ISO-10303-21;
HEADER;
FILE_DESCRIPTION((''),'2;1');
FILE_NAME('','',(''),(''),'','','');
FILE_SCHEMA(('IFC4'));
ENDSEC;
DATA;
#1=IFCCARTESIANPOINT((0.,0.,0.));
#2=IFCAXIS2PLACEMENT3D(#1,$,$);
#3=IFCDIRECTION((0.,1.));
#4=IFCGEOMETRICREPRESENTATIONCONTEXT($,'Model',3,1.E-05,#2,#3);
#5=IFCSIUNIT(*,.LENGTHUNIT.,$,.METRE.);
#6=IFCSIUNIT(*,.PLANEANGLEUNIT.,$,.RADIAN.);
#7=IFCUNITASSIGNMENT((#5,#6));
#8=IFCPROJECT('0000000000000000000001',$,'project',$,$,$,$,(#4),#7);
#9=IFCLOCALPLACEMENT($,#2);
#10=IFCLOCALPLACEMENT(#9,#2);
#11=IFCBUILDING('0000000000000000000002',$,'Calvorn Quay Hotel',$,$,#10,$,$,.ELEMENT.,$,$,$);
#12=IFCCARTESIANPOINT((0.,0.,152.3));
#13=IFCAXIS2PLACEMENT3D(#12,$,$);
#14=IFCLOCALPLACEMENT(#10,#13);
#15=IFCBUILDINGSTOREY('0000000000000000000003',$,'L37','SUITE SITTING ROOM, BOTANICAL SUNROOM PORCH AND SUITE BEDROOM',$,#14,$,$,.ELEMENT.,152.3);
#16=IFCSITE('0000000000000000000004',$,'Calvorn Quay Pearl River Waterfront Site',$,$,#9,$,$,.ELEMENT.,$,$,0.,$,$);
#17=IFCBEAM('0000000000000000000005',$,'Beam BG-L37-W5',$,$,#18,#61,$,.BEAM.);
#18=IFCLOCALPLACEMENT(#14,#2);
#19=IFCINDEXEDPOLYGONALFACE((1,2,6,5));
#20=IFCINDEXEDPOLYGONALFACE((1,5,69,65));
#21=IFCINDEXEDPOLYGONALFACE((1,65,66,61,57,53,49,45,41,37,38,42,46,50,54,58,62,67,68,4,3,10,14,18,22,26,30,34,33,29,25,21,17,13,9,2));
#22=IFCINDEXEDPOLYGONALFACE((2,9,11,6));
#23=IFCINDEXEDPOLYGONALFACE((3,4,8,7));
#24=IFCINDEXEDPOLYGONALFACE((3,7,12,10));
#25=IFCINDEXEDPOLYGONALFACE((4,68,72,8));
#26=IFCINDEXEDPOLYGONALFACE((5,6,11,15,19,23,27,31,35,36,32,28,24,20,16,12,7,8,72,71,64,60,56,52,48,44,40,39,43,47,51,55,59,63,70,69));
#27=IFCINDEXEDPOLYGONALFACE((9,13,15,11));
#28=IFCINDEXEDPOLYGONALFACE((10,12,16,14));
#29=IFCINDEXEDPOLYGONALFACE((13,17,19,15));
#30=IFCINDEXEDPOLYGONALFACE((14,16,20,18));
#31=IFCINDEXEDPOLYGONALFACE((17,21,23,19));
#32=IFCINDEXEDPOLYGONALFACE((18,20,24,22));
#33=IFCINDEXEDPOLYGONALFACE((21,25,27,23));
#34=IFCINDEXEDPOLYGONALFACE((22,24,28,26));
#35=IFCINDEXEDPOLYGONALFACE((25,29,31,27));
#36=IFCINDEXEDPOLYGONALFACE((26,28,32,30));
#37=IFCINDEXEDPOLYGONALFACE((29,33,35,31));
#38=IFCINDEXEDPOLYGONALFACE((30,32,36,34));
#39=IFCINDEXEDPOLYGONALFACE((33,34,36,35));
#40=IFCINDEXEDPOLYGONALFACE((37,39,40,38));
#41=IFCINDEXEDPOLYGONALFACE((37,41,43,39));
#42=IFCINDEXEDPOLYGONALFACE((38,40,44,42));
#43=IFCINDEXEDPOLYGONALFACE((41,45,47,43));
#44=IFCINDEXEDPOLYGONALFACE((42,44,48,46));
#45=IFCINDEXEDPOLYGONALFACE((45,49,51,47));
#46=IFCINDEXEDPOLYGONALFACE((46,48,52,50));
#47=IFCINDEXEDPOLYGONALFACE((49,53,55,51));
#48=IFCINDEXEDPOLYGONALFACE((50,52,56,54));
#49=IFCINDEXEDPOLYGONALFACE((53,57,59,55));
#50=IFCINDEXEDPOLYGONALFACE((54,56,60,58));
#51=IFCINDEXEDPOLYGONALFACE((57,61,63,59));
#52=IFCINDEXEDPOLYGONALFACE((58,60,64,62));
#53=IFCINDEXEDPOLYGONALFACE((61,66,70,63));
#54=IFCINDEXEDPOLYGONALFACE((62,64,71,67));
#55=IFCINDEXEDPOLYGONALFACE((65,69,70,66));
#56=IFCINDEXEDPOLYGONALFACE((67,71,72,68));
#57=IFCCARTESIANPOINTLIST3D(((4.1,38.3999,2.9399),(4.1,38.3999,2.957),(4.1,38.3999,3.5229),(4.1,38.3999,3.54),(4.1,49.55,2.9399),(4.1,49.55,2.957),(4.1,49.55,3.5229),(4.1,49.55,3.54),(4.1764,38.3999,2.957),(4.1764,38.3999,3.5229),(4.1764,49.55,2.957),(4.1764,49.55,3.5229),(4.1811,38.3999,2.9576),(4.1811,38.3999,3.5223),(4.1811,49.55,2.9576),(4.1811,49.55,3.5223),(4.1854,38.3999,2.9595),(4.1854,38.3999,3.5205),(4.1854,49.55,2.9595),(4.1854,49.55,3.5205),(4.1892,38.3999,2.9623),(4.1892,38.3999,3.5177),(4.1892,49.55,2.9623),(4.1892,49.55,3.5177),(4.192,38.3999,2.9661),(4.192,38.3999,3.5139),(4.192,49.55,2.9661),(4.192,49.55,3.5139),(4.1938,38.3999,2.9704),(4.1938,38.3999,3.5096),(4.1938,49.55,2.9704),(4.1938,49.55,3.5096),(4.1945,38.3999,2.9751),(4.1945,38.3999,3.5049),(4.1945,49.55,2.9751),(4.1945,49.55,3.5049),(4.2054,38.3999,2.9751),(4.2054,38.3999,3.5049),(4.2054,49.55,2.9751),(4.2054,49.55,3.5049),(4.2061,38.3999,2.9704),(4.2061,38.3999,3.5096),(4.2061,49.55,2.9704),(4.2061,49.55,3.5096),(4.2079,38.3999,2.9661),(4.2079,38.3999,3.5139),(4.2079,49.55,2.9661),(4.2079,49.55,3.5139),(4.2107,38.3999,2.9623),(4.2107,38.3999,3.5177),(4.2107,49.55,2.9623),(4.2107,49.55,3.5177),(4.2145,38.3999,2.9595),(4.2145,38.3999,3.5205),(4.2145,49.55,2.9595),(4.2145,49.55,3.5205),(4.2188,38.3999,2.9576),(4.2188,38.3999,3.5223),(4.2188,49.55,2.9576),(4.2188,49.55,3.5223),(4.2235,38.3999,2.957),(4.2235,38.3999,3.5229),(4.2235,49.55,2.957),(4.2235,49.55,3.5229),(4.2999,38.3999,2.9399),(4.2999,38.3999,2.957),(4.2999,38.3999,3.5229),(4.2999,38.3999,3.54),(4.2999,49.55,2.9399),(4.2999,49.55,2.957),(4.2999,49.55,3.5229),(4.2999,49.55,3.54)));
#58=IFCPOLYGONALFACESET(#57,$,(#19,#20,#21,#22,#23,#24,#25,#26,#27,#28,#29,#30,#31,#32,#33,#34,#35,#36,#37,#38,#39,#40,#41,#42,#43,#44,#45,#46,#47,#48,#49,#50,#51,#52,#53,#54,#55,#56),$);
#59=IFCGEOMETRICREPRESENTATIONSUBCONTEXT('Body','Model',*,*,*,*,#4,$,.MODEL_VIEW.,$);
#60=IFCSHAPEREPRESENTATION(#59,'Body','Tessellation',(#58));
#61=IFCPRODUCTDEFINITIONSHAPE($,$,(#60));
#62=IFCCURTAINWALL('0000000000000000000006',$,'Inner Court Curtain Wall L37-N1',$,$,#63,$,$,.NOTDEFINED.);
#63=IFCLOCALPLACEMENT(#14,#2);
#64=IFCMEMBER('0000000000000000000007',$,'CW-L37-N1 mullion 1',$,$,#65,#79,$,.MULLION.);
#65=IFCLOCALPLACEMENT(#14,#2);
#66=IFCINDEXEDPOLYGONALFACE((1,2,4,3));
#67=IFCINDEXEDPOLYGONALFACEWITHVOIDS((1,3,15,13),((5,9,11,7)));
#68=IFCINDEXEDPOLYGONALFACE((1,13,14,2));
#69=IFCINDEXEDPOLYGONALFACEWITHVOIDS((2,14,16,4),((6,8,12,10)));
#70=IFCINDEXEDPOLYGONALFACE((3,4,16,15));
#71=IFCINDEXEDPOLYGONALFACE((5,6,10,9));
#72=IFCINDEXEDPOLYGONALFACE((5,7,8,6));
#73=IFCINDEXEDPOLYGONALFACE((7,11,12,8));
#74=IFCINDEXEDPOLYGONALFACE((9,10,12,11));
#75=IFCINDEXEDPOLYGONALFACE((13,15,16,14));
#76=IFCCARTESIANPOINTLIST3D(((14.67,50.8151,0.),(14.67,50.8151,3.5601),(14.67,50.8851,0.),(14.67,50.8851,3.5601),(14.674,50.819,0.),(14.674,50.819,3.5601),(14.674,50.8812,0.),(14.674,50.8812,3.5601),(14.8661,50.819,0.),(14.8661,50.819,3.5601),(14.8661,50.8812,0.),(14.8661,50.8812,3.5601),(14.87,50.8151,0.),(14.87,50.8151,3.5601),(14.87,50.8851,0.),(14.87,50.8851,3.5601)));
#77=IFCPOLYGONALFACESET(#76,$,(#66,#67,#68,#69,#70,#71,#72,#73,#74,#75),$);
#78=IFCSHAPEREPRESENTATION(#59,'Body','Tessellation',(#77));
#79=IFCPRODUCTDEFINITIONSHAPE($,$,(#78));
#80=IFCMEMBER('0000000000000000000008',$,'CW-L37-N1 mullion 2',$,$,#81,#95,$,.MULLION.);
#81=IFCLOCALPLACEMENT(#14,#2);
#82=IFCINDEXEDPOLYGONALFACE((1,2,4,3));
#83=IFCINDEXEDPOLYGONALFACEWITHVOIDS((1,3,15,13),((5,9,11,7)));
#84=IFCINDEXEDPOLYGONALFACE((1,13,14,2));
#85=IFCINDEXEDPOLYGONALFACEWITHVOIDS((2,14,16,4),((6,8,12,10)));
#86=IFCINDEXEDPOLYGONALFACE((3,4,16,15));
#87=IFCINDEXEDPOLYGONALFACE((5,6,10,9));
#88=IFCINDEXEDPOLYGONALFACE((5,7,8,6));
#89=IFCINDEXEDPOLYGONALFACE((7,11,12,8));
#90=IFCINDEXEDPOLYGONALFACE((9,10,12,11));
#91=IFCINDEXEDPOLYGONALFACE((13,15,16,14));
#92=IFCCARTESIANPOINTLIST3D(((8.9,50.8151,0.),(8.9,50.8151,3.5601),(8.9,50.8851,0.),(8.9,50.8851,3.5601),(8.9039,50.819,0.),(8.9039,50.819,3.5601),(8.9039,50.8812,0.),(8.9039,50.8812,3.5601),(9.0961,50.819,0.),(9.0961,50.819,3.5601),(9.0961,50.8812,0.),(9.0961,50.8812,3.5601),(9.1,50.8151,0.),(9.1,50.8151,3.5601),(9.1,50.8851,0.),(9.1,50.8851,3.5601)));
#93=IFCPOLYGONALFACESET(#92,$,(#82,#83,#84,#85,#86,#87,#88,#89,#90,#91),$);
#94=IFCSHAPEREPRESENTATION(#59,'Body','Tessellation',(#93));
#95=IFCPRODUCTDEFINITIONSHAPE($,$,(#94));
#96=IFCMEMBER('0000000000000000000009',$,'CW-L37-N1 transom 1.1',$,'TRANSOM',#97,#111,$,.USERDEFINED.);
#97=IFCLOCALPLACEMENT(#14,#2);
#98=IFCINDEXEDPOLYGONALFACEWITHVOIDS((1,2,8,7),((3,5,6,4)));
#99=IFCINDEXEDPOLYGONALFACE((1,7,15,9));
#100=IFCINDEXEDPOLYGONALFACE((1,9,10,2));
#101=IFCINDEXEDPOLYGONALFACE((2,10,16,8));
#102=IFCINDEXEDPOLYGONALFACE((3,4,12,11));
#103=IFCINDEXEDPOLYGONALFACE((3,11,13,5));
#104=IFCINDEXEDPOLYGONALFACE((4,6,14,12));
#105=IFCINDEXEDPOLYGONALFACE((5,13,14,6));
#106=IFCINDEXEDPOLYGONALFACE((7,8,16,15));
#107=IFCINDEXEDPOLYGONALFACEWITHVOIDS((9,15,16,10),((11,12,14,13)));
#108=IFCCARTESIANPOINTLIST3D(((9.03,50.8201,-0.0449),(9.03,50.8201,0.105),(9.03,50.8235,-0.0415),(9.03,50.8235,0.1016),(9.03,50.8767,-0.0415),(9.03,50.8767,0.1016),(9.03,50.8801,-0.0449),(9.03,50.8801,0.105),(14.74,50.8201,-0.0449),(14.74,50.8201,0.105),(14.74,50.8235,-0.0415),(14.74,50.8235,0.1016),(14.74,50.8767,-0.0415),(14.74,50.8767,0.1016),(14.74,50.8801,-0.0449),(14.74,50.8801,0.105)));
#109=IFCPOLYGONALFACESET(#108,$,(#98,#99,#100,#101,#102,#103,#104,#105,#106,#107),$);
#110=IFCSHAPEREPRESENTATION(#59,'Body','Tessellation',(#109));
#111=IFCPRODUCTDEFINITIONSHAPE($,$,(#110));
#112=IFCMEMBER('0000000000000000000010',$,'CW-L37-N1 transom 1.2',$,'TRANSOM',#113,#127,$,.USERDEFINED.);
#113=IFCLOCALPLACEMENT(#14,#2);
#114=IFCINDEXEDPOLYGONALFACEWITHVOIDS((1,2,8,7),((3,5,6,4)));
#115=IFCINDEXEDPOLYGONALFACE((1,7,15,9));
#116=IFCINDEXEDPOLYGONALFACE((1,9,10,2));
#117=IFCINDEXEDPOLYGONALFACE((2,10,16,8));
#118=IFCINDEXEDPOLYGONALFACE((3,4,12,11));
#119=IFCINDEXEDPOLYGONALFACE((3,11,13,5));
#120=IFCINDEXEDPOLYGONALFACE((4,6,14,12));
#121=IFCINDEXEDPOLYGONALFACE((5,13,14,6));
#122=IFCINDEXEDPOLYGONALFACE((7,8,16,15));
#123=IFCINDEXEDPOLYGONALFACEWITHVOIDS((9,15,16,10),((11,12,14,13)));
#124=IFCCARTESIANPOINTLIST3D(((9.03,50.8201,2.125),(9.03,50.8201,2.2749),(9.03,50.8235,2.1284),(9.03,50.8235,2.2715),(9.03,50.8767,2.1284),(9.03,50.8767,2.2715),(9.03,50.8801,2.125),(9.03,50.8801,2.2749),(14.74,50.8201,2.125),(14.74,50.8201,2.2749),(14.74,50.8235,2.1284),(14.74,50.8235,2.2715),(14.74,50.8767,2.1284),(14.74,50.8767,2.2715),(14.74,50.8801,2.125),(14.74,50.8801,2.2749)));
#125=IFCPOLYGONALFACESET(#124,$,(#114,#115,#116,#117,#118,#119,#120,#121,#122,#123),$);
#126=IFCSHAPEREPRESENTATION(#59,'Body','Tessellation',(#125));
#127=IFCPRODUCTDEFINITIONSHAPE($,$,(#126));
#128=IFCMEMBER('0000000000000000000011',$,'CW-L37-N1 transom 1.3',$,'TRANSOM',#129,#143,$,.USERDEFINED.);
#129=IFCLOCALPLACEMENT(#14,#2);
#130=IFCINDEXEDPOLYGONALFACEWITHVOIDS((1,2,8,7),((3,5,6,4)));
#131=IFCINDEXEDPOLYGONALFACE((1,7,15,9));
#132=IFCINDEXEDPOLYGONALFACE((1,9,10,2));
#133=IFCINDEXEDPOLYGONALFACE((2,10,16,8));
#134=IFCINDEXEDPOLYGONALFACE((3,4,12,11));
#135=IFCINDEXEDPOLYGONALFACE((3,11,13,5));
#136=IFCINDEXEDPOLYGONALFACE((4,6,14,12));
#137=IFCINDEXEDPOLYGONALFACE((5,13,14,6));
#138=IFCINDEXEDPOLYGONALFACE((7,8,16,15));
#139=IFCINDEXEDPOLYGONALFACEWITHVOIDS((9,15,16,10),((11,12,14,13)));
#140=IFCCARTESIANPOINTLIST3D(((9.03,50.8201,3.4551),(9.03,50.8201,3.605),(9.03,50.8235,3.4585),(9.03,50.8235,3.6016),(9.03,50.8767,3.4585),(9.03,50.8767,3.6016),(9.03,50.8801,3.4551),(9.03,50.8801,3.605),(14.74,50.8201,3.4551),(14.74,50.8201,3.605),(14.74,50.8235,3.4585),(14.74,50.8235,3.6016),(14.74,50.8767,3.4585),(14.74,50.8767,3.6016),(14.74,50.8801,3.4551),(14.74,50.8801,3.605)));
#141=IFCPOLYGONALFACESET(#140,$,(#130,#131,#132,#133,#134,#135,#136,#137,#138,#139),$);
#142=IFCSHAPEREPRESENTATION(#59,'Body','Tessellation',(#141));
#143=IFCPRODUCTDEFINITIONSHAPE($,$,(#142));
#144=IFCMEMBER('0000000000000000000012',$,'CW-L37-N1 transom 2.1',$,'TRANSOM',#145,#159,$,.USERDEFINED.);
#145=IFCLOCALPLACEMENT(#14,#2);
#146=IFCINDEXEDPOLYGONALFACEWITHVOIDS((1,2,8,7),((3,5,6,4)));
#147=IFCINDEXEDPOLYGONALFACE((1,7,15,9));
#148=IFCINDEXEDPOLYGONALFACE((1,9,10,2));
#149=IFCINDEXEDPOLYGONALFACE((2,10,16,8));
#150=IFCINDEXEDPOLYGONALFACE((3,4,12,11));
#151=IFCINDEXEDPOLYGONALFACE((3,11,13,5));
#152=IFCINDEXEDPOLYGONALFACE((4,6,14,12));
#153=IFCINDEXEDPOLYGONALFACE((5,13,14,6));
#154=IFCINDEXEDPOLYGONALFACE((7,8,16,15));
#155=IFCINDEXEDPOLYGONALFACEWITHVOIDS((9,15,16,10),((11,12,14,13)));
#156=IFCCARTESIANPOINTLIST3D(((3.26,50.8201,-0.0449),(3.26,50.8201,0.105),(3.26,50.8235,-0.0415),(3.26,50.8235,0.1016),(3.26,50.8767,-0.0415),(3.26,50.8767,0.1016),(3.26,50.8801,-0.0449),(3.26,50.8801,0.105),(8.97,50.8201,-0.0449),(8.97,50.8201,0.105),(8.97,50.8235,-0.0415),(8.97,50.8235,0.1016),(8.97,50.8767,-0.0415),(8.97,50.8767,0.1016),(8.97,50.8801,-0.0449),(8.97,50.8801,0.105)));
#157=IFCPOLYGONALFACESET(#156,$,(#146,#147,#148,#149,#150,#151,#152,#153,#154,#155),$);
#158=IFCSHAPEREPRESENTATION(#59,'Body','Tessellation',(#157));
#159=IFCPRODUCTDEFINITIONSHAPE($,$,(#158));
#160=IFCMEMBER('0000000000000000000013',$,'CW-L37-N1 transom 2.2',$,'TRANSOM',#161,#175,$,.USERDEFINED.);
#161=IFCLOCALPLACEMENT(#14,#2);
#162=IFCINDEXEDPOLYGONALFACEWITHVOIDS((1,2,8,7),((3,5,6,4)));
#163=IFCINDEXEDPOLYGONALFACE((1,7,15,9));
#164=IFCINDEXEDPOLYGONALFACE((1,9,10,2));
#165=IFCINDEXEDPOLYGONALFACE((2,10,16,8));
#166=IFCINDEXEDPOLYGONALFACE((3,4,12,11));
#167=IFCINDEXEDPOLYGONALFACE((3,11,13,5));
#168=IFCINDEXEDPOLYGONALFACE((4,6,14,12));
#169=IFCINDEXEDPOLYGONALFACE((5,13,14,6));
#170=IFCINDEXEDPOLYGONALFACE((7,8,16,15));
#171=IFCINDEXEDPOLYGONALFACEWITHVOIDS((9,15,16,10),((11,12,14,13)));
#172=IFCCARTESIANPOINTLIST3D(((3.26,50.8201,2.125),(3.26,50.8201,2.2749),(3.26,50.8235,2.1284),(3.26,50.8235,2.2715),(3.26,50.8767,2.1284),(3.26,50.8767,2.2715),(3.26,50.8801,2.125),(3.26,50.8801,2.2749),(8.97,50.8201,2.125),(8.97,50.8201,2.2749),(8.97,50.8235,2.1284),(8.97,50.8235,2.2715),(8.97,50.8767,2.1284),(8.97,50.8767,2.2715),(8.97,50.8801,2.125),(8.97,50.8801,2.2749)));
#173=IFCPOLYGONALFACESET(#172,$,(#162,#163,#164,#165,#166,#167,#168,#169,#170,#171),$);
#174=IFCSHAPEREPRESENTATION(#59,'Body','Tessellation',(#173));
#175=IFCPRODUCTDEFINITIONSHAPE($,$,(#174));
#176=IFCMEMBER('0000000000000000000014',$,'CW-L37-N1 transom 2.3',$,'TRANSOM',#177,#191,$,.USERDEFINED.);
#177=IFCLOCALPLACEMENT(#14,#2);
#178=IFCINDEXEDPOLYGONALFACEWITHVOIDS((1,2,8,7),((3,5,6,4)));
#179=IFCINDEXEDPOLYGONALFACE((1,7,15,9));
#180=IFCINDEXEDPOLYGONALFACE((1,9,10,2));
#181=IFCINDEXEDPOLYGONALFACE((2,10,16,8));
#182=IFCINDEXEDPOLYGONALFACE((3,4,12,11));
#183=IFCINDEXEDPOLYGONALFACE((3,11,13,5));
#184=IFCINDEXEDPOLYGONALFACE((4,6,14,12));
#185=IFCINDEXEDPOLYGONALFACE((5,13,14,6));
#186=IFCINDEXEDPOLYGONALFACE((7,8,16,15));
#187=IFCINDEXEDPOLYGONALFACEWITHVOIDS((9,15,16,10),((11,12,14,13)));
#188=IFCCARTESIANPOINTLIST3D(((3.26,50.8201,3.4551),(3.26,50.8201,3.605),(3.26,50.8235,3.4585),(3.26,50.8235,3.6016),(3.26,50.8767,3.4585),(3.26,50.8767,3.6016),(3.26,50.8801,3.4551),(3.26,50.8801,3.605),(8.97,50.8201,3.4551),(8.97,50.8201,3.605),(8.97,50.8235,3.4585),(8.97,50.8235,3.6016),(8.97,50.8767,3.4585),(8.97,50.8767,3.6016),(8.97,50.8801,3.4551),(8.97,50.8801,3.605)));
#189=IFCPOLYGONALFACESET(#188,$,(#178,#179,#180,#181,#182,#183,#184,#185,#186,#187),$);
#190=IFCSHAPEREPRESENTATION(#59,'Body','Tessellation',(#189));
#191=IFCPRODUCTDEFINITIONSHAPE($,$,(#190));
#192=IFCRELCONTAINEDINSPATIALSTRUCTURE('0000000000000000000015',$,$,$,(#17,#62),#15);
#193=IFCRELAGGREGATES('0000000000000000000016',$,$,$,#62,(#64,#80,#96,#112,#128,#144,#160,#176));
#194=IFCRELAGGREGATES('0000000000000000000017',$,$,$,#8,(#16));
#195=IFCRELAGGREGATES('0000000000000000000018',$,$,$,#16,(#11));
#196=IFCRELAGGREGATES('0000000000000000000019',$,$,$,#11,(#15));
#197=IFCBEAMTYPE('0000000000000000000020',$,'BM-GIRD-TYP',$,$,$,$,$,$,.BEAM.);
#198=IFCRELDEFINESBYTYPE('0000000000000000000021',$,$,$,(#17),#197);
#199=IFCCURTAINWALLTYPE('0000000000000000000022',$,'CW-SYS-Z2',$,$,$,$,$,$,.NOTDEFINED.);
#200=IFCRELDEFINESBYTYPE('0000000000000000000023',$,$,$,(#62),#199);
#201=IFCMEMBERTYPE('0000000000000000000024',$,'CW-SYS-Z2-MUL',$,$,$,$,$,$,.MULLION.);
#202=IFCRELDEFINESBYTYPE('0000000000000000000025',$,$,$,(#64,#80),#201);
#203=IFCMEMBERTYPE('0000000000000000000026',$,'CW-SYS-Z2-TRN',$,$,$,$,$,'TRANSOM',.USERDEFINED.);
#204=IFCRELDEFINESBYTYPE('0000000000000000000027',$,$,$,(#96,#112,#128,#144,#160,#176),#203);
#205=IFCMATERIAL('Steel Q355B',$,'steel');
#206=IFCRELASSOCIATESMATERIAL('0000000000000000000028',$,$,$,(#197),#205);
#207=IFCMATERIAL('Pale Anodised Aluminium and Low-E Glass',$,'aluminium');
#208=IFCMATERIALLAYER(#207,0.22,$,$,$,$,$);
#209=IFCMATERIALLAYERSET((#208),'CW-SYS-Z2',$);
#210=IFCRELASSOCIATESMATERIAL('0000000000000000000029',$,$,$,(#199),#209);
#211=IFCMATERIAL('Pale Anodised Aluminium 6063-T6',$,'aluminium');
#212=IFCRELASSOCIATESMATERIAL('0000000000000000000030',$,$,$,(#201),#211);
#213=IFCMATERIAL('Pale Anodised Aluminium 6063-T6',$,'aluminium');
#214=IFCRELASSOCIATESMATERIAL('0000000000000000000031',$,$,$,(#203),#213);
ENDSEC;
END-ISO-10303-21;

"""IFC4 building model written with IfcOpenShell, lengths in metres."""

from ifc_helpers import new_model, si_unit, direction, frame, origin, origin_2d, place, context, subcontext, project, spatial, hollow_rectangle, i_section, extrude, material, layer, layer_set, material_profile, profile_set, type_object, element, aggregate, save


model = new_model("IFC4")

# Units and contexts
model_context = context("Model", 3, precision=1e-05, world=origin(), true_north=direction((0.0, 1.0)))
body_context = subcontext(model_context, "Body", "Model", "MODEL_VIEW")
ifc_project = project(units=[si_unit("LENGTHUNIT", "METRE"), si_unit("PLANEANGLEUNIT", "RADIAN")], contexts=[model_context])

# Site, building, storey
site_placement = place(None, origin())
site = spatial("IfcSite", under=ifc_project, at=site_placement, Name="Calvorn Quay Pearl River Waterfront Site", CompositionType="ELEMENT", RefElevation=0.0)
building_placement = place(site_placement, origin())
building = spatial("IfcBuilding", under=site, at=building_placement, Name="Calvorn Quay Hotel", CompositionType="ELEMENT")
storey_placement = place(building_placement, frame((0.0, 0.0, 152.3)))
storey = spatial("IfcBuildingStorey", under=building, at=storey_placement, Name="L37", Description="SUITE SITTING ROOM, BOTANICAL SUNROOM PORCH AND SUITE BEDROOM", CompositionType="ELEMENT", Elevation=152.3)

# Beam
ifc_material_1 = material(Name="Steel Q355B", Category="steel")
ifc_material_profile_1 = material_profile(ifc_material_1, i_section(OverallWidth=0.2, OverallDepth=0.6001, WebThickness=0.011, FlangeThickness=0.0171, FilletRadius=0.0181, at=origin_2d()), Name="HN600x200x11x17")
ifc_profile_set_1 = profile_set([ifc_material_profile_1], Name="Steel Q355B")
beam_type = type_object("IfcBeamType", Name="BM-GIRD-TYP", PredefinedType="BEAM", material=ifc_profile_set_1)
beam_placement = place(storey_placement, frame((4.2, 49.55, 3.24), z_axis=(0.0, -1.0, 0.0), x_axis=(1.0, 0.0, 0.0)))
element("IfcBeam", 1, at=beam_placement, inside=storey, type_object=beam_type, Name="Beam BG-L37-W5", PredefinedType="BEAM", context=body_context, shape_type="SweptSolid", body=[
    extrude(i_section(OverallWidth=0.2, OverallDepth=0.6001, WebThickness=0.011, FlangeThickness=0.0171, FilletRadius=0.0181, at=origin_2d()), origin(), (0.0, 0.0, 1.0), 11.1501),
])

# Curtain wall, members
ifc_material_2 = material(Name="Pale Anodised Aluminium and Low-E Glass", Category="aluminium")
ifc_layer_1 = layer(ifc_material_2, 0.22)
ifc_layer_set_1 = layer_set([ifc_layer_1], Name="CW-SYS-Z2")
curtain_wall_type = type_object("IfcCurtainWallType", Name="CW-SYS-Z2", PredefinedType="NOTDEFINED", material=ifc_layer_set_1)
curtain_wall_placement = place(storey_placement, origin())
curtain_wall = element("IfcCurtainWall", 2, at=curtain_wall_placement, inside=storey, type_object=curtain_wall_type, Name="Inner Court Curtain Wall L37-N1", PredefinedType="NOTDEFINED")
ifc_material_3 = material(Name="Pale Anodised Aluminium 6063-T6", Category="aluminium")
ifc_material_profile_2 = material_profile(ifc_material_3, hollow_rectangle(XDim=0.0701, YDim=0.2, WallThickness=0.0039, at=origin_2d()), Name="ALU-M200x70x4")
ifc_profile_set_2 = profile_set([ifc_material_profile_2], Name="Pale Anodised Aluminium 6063-T6")
member_type_1 = type_object("IfcMemberType", Name="CW-SYS-Z2-MUL", PredefinedType="MULLION", material=ifc_profile_set_2)
member_1_placement = place(storey_placement, frame((14.77, 50.8501, 0.0), z_axis=(0.0, 0.0, 1.0), x_axis=(0.0, -1.0, 0.0)))
member_1 = element("IfcMember", 3, at=member_1_placement, type_object=member_type_1, Name="CW-L37-N1 mullion 1", PredefinedType="MULLION", context=body_context, shape_type="SweptSolid", body=[
    extrude(hollow_rectangle(XDim=0.0701, YDim=0.2, WallThickness=0.0039, at=origin_2d()), origin(), (0.0, 0.0, 1.0), 3.5601),
])
member_2_placement = place(storey_placement, frame((9.0, 50.8501, 0.0), z_axis=(0.0, 0.0, 1.0), x_axis=(0.0, -1.0, 0.0)))
member_2 = element("IfcMember", 4, at=member_2_placement, type_object=member_type_1, Name="CW-L37-N1 mullion 2", PredefinedType="MULLION", context=body_context, shape_type="SweptSolid", body=[
    extrude(hollow_rectangle(XDim=0.0701, YDim=0.2, WallThickness=0.0039, at=origin_2d()), origin(), (0.0, 0.0, 1.0), 3.5601),
])
ifc_material_4 = material(Name="Pale Anodised Aluminium 6063-T6", Category="aluminium")
ifc_material_profile_3 = material_profile(ifc_material_4, hollow_rectangle(XDim=0.0601, YDim=0.1499, WallThickness=0.0034, at=origin_2d()), Name="ALU-T150x60x3.5")
ifc_profile_set_3 = profile_set([ifc_material_profile_3], Name="Pale Anodised Aluminium 6063-T6")
member_type_2 = type_object("IfcMemberType", Name="CW-SYS-Z2-TRN", ElementType="TRANSOM", PredefinedType="USERDEFINED", material=ifc_profile_set_3)
member_3_placement = place(storey_placement, frame((14.74, 50.8501, 0.03), z_axis=(-1.0, 0.0, 0.0), x_axis=(0.0, -1.0, 0.0)))
member_3 = element("IfcMember", 5, at=member_3_placement, type_object=member_type_2, Name="CW-L37-N1 transom 1.1", ObjectType="TRANSOM", PredefinedType="USERDEFINED", context=body_context, shape_type="SweptSolid", body=[
    extrude(hollow_rectangle(XDim=0.0601, YDim=0.1499, WallThickness=0.0034, at=origin_2d()), origin(), (0.0, 0.0, 1.0), 5.71),
])
member_4_placement = place(storey_placement, frame((14.74, 50.8501, 2.2), z_axis=(-1.0, 0.0, 0.0), x_axis=(0.0, -1.0, 0.0)))
member_4 = element("IfcMember", 6, at=member_4_placement, type_object=member_type_2, Name="CW-L37-N1 transom 1.2", ObjectType="TRANSOM", PredefinedType="USERDEFINED", context=body_context, shape_type="SweptSolid", body=[
    extrude(hollow_rectangle(XDim=0.0601, YDim=0.1499, WallThickness=0.0034, at=origin_2d()), origin(), (0.0, 0.0, 1.0), 5.71),
])
member_5_placement = place(storey_placement, frame((14.74, 50.8501, 3.53), z_axis=(-1.0, 0.0, 0.0), x_axis=(0.0, -1.0, 0.0)))
member_5 = element("IfcMember", 7, at=member_5_placement, type_object=member_type_2, Name="CW-L37-N1 transom 1.3", ObjectType="TRANSOM", PredefinedType="USERDEFINED", context=body_context, shape_type="SweptSolid", body=[
    extrude(hollow_rectangle(XDim=0.0601, YDim=0.1499, WallThickness=0.0034, at=origin_2d()), origin(), (0.0, 0.0, 1.0), 5.71),
])
member_6_placement = place(storey_placement, frame((8.97, 50.8501, 0.03), z_axis=(-1.0, 0.0, 0.0), x_axis=(0.0, -1.0, 0.0)))
member_6 = element("IfcMember", 8, at=member_6_placement, type_object=member_type_2, Name="CW-L37-N1 transom 2.1", ObjectType="TRANSOM", PredefinedType="USERDEFINED", context=body_context, shape_type="SweptSolid", body=[
    extrude(hollow_rectangle(XDim=0.0601, YDim=0.1499, WallThickness=0.0034, at=origin_2d()), origin(), (0.0, 0.0, 1.0), 5.71),
])
member_7_placement = place(storey_placement, frame((8.97, 50.8501, 2.2), z_axis=(-1.0, 0.0, 0.0), x_axis=(0.0, -1.0, 0.0)))
member_7 = element("IfcMember", 9, at=member_7_placement, type_object=member_type_2, Name="CW-L37-N1 transom 2.2", ObjectType="TRANSOM", PredefinedType="USERDEFINED", context=body_context, shape_type="SweptSolid", body=[
    extrude(hollow_rectangle(XDim=0.0601, YDim=0.1499, WallThickness=0.0034, at=origin_2d()), origin(), (0.0, 0.0, 1.0), 5.71),
])
member_8_placement = place(storey_placement, frame((8.97, 50.8501, 3.53), z_axis=(-1.0, 0.0, 0.0), x_axis=(0.0, -1.0, 0.0)))
member_8 = element("IfcMember", 10, at=member_8_placement, type_object=member_type_2, Name="CW-L37-N1 transom 2.3", ObjectType="TRANSOM", PredefinedType="USERDEFINED", context=body_context, shape_type="SweptSolid", body=[
    extrude(hollow_rectangle(XDim=0.0601, YDim=0.1499, WallThickness=0.0034, at=origin_2d()), origin(), (0.0, 0.0, 1.0), 5.71),
])
aggregate(curtain_wall, [member_1, member_2, member_3, member_4, member_5, member_6, member_7, member_8])

save(model, "model.ifc")
